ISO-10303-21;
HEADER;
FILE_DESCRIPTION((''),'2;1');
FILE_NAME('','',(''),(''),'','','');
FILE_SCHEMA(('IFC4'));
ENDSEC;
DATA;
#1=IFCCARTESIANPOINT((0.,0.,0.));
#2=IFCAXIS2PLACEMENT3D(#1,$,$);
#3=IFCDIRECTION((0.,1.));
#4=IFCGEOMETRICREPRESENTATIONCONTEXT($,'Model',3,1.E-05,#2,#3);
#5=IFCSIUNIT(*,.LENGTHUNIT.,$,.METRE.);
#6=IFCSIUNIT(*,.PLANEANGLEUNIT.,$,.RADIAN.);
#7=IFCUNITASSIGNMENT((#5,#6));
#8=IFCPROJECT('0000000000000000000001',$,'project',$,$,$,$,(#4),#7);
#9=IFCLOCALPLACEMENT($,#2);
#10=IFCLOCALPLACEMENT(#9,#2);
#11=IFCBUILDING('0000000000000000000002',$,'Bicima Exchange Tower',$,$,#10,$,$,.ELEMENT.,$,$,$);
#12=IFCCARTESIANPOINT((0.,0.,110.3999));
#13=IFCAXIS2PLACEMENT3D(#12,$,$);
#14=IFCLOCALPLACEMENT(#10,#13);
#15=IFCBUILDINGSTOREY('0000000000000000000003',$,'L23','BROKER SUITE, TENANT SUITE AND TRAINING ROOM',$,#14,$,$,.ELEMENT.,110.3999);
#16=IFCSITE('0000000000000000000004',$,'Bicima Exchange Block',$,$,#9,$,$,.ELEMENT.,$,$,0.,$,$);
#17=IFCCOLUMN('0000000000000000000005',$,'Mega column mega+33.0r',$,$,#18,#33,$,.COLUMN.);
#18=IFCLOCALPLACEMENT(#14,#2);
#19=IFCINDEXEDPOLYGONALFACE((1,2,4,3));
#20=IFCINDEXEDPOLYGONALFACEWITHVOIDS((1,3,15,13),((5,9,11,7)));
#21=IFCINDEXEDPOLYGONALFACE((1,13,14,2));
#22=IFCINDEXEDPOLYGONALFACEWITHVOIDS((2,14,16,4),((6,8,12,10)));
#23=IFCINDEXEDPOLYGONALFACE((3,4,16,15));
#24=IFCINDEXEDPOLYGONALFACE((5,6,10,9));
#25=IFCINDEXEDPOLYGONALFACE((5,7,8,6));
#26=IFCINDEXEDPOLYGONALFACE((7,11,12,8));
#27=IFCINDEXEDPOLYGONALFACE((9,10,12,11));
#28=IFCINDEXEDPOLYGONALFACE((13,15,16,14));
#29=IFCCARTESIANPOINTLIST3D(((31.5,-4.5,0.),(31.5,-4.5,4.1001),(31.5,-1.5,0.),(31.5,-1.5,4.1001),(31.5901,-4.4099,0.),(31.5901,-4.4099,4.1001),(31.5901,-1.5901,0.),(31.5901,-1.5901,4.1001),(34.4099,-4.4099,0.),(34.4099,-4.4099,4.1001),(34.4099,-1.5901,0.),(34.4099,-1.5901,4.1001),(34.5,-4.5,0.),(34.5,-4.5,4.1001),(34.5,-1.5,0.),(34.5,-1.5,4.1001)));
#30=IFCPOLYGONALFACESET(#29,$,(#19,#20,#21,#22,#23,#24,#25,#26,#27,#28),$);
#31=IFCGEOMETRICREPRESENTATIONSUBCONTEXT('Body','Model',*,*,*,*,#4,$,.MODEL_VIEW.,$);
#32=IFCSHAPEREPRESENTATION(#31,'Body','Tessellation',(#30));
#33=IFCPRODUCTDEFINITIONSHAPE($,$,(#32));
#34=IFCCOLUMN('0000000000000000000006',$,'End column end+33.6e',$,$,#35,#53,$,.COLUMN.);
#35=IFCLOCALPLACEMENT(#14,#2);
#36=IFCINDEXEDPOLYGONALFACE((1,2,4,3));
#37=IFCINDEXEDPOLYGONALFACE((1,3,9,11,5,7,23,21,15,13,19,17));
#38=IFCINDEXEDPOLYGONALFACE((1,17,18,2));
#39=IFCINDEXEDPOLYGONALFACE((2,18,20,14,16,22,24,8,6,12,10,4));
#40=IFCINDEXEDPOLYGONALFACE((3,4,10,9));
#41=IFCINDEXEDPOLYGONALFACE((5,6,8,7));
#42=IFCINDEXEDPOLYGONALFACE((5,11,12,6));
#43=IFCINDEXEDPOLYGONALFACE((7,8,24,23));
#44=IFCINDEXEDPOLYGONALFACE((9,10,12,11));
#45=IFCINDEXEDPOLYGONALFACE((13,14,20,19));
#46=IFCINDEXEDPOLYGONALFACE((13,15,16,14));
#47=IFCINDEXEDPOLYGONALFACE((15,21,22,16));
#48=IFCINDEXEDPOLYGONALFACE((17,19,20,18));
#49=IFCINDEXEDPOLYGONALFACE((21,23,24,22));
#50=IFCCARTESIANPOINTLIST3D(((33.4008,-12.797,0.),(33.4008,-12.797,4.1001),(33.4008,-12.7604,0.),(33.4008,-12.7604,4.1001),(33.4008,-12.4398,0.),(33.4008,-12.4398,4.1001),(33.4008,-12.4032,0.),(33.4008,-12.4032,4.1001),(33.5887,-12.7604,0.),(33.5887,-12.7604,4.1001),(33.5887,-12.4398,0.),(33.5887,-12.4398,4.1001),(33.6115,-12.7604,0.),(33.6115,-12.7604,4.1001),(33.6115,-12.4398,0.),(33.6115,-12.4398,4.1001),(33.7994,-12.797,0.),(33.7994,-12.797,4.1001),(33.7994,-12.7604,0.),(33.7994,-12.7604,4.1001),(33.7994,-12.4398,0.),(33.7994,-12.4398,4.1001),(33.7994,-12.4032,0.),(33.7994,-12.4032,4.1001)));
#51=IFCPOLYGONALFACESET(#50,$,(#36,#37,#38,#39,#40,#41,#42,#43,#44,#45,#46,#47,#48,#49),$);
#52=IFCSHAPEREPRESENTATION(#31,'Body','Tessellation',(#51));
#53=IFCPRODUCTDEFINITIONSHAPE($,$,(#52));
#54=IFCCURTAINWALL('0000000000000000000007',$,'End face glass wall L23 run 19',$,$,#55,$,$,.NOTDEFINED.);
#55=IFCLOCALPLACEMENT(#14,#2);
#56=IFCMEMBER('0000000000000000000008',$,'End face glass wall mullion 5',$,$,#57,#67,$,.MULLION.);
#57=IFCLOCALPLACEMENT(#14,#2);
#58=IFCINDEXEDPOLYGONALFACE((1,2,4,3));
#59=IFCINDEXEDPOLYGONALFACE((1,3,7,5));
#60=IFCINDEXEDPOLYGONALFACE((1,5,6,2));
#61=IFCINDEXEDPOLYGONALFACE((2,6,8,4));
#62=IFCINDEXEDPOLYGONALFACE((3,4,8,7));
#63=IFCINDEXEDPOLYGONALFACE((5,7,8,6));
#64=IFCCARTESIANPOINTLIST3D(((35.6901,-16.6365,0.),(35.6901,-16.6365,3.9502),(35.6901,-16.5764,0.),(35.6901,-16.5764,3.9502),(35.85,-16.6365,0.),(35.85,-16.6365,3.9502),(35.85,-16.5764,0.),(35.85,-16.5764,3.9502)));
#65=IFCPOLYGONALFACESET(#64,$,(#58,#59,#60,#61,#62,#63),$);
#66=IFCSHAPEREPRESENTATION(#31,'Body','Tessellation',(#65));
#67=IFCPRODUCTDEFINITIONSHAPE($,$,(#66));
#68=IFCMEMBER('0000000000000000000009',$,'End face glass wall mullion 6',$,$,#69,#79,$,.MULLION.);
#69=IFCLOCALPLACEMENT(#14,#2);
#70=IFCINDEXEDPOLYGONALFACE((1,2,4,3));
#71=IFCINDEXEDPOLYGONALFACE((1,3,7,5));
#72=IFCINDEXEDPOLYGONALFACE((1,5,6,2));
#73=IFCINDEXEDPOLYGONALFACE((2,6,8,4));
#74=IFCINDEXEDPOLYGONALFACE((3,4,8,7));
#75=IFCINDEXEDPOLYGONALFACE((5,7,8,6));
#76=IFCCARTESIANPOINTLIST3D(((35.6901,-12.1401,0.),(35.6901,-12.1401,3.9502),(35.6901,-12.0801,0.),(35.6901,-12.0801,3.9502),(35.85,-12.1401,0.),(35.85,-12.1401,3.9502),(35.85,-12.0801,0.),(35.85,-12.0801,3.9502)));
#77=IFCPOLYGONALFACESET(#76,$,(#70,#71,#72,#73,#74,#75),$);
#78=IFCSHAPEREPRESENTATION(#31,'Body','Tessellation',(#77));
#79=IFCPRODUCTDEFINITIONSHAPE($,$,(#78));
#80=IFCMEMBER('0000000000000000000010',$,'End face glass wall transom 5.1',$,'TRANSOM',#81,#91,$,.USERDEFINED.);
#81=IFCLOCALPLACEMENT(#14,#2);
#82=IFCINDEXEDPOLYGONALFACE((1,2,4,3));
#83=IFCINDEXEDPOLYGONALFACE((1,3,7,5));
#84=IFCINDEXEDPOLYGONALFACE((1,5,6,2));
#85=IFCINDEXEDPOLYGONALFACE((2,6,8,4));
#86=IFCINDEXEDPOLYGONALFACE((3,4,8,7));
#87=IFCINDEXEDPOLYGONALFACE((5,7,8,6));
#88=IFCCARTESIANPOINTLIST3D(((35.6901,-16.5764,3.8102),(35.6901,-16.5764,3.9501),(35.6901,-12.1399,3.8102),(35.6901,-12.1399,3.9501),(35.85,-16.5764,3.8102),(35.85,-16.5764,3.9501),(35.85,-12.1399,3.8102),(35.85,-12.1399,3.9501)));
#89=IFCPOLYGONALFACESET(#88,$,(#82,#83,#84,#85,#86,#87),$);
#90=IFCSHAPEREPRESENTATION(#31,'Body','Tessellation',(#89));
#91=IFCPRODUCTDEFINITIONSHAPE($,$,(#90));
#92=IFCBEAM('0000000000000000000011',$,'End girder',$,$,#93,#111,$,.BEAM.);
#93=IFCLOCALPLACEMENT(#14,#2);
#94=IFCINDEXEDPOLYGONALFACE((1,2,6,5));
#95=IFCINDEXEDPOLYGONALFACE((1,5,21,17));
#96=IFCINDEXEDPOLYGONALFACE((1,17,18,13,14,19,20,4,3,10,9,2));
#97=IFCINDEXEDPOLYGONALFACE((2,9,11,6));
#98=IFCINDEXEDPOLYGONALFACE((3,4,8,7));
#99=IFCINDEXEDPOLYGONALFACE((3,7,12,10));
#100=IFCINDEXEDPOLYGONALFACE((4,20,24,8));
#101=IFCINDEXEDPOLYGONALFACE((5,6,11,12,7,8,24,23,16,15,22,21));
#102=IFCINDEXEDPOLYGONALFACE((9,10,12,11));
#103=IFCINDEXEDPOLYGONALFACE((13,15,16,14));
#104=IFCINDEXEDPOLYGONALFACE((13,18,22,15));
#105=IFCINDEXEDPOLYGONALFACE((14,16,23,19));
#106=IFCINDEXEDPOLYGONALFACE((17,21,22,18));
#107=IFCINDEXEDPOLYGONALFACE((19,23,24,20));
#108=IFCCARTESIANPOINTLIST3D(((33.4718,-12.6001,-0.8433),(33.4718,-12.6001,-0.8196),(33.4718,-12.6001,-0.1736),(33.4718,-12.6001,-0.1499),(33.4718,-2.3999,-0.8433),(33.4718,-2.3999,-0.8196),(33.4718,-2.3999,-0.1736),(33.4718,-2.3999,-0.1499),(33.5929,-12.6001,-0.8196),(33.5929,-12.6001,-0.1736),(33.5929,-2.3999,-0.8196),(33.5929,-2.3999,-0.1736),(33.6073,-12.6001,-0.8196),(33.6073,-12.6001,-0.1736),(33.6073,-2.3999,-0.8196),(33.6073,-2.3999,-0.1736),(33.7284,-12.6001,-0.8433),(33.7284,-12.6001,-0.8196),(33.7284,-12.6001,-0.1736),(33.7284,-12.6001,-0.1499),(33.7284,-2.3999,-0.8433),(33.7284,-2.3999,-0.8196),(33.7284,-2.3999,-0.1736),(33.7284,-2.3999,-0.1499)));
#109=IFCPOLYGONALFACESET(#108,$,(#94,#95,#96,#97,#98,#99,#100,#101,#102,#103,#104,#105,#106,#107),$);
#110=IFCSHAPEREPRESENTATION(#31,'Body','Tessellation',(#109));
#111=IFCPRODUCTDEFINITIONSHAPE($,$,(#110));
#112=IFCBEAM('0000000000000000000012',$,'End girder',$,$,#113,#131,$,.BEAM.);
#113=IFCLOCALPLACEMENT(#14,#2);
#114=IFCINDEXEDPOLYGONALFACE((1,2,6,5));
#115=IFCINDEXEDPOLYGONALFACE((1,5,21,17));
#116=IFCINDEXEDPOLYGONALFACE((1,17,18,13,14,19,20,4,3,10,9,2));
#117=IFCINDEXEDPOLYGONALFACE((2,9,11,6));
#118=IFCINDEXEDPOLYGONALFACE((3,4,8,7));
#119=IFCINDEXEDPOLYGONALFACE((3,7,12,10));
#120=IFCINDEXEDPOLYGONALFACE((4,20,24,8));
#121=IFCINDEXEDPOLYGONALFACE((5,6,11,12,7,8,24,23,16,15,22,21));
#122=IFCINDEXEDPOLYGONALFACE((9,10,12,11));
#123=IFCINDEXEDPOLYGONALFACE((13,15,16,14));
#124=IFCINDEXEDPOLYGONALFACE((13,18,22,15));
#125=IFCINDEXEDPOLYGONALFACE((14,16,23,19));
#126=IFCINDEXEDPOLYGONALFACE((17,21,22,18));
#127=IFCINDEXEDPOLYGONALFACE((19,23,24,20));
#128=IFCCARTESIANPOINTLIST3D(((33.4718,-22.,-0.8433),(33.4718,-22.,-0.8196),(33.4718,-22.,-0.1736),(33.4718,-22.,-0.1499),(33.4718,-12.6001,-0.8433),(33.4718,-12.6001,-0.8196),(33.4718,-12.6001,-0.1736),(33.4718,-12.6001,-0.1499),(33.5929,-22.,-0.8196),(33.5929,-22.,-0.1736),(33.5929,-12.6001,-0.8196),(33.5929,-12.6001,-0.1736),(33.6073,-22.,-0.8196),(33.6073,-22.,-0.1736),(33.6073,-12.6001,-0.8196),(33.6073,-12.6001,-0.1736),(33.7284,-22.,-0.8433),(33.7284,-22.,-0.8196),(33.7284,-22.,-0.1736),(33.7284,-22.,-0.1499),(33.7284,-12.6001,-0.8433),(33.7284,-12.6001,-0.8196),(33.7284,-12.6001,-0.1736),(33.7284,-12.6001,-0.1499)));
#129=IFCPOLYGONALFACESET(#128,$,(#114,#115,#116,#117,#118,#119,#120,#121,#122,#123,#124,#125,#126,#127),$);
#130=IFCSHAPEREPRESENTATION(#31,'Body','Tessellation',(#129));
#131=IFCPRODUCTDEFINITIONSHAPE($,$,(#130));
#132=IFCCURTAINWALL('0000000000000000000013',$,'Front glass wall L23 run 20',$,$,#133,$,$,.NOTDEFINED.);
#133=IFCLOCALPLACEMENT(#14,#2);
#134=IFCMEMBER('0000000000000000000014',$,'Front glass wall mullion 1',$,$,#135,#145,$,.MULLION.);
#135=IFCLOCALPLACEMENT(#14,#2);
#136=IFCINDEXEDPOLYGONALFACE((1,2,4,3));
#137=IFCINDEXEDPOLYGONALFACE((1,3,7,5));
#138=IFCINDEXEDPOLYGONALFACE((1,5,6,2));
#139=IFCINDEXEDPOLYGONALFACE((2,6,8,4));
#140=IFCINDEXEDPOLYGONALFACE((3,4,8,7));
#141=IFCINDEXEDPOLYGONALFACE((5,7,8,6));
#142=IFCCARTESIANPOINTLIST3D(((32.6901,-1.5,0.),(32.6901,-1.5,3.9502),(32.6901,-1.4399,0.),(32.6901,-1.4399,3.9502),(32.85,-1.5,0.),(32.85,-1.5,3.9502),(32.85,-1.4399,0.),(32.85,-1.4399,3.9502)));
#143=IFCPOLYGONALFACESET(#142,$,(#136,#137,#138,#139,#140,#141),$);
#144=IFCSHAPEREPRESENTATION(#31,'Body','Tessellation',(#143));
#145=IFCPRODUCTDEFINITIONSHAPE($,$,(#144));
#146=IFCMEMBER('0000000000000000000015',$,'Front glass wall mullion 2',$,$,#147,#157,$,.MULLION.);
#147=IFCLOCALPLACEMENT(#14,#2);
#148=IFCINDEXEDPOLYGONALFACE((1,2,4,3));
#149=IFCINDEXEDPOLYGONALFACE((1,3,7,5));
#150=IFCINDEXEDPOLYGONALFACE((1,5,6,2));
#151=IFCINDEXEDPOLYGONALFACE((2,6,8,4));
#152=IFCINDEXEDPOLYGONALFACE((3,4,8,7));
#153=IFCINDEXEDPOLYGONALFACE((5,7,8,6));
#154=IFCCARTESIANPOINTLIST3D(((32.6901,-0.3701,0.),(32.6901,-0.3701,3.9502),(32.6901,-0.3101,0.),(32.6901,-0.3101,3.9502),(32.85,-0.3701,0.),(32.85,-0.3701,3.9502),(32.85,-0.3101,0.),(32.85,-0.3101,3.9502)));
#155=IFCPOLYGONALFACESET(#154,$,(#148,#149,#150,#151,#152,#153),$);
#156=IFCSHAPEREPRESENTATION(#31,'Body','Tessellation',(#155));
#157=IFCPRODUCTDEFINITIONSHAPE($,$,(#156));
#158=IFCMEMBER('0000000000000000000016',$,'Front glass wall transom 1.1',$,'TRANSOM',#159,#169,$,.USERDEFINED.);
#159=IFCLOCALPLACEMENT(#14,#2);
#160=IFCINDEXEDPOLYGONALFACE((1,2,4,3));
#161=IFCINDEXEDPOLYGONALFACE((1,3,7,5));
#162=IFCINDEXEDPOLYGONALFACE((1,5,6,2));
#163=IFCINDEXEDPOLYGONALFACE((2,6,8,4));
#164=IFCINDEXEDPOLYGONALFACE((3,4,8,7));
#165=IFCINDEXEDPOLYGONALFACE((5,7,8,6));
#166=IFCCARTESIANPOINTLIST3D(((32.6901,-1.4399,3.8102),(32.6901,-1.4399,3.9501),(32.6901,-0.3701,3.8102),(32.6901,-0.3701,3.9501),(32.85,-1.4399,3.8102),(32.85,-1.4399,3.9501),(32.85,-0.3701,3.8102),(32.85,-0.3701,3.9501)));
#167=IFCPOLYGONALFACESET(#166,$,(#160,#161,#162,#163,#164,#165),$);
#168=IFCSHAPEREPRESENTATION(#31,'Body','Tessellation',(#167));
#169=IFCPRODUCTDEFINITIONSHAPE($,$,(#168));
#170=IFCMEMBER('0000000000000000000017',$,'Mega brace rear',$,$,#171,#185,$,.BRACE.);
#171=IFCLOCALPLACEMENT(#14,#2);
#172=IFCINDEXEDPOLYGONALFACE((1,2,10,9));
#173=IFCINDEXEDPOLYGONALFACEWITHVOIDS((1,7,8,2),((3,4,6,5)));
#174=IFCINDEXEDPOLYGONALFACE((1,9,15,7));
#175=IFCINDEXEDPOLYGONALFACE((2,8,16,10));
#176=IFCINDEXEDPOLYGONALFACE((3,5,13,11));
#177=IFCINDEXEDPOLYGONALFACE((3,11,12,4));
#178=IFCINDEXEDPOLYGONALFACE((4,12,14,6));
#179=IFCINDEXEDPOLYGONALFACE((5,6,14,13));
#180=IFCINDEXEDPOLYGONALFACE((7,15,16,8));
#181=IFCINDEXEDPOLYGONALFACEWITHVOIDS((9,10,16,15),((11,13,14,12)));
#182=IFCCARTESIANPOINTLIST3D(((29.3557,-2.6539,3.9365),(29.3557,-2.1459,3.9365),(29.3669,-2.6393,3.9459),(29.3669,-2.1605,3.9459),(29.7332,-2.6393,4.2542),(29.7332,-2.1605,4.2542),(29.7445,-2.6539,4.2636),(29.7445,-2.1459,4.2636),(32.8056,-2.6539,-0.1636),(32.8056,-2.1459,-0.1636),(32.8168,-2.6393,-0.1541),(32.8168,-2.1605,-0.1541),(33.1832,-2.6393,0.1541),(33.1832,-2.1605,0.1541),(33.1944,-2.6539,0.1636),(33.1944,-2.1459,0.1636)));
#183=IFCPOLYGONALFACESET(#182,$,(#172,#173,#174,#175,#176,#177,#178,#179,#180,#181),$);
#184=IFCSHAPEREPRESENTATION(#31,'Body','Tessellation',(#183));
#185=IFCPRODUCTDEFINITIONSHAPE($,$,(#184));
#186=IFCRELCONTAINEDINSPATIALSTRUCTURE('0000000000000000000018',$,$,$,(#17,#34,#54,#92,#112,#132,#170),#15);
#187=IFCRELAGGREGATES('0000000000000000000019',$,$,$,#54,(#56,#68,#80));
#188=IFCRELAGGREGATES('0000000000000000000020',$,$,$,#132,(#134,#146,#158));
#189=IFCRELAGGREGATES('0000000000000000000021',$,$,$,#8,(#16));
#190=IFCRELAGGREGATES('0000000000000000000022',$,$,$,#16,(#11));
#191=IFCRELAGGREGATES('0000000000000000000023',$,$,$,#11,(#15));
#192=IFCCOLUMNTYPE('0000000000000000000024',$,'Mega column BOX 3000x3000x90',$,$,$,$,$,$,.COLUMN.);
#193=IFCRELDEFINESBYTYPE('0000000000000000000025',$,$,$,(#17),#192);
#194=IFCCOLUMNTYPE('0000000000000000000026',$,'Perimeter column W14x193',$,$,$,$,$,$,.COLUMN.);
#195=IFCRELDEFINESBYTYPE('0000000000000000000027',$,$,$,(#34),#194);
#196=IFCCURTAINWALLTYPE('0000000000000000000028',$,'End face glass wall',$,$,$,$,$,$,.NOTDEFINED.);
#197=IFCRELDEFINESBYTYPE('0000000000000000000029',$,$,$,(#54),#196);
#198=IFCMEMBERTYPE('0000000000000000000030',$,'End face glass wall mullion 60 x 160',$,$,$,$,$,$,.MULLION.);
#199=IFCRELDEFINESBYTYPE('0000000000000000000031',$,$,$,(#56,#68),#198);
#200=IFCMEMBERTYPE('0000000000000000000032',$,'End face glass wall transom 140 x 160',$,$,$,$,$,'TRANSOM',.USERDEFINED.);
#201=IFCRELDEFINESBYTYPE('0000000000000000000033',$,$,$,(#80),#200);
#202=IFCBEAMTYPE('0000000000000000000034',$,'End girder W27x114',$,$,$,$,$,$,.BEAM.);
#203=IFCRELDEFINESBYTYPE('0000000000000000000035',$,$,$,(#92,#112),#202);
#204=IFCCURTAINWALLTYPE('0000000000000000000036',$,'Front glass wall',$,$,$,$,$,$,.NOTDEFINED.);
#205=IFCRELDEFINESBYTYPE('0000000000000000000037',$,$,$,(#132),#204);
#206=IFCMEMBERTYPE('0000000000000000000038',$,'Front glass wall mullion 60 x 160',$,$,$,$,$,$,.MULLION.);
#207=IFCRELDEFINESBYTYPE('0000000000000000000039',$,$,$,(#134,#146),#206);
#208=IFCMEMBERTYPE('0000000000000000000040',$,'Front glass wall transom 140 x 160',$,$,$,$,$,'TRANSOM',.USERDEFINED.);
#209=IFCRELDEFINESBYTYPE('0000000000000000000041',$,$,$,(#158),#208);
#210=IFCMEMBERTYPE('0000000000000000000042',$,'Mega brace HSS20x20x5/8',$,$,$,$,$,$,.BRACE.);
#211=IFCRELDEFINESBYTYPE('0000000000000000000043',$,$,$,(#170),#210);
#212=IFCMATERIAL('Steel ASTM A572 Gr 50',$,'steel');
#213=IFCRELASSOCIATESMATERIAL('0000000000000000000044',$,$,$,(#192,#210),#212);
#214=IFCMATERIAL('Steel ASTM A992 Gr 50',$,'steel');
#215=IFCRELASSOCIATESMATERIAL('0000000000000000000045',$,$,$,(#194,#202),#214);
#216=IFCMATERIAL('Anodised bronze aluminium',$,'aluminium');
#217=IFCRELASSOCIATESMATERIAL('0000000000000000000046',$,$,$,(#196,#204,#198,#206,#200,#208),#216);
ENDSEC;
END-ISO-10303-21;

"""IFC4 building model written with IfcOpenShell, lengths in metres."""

from ifc_helpers import new_model, si_unit, direction, frame, origin, origin_2d, place, context, subcontext, project, spatial, rectangle, hollow_rectangle, i_section, extrude, material, material_profile, profile_set, type_object, element, aggregate, save


model = new_model("IFC4")

# Units and contexts
model_context = context("Model", 3, precision=1e-05, world=origin(), true_north=direction((0.0, 1.0)))
body_context = subcontext(model_context, "Body", "Model", "MODEL_VIEW")
ifc_project = project(units=[si_unit("LENGTHUNIT", "METRE"), si_unit("PLANEANGLEUNIT", "RADIAN")], contexts=[model_context])

# Site, building, storey
site_placement = place(None, origin())
site = spatial("IfcSite", under=ifc_project, at=site_placement, Name="Bicima Exchange Block", CompositionType="ELEMENT", RefElevation=0.0)
building_placement = place(site_placement, origin())
building = spatial("IfcBuilding", under=site, at=building_placement, Name="Bicima Exchange Tower", CompositionType="ELEMENT")
storey_placement = place(building_placement, frame((0.0, 0.0, 110.3999)))
storey = spatial("IfcBuildingStorey", under=building, at=storey_placement, Name="L23", Description="BROKER SUITE, TENANT SUITE AND TRAINING ROOM", CompositionType="ELEMENT", Elevation=110.3999)

# Columns
ifc_material_1 = material(Name="Steel ASTM A572 Gr 50", Category="steel")
ifc_material_profile_1 = material_profile(ifc_material_1, hollow_rectangle(XDim=3.0, YDim=3.0, WallThickness=0.0901, at=origin_2d()))
ifc_profile_set_1 = profile_set([ifc_material_profile_1], Name="Steel ASTM A572 Gr 50")
column_type_1 = type_object("IfcColumnType", Name="Mega column BOX 3000x3000x90", PredefinedType="COLUMN", material=ifc_profile_set_1)
column_1_placement = place(storey_placement, frame((33.0, -3.0, 0.0), z_axis=(0.0, 0.0, 1.0), x_axis=(1.0, 0.0, 0.0)))
element("IfcColumn", 1, at=column_1_placement, inside=storey, type_object=column_type_1, Name="Mega column mega+33.0r", PredefinedType="COLUMN", context=body_context, shape_type="SweptSolid", body=[
    extrude(hollow_rectangle(XDim=3.0, YDim=3.0, WallThickness=0.0901, at=origin_2d()), origin(), (0.0, 0.0, 1.0), 4.1001),
])
ifc_material_2 = material(Name="Steel ASTM A992 Gr 50", Category="steel")
ifc_material_profile_2 = material_profile(ifc_material_2, i_section(OverallWidth=0.3987, OverallDepth=0.3938, WebThickness=0.0227, FlangeThickness=0.0366, at=origin_2d()))
ifc_profile_set_2 = profile_set([ifc_material_profile_2], Name="Steel ASTM A992 Gr 50")
column_type_2 = type_object("IfcColumnType", Name="Perimeter column W14x193", PredefinedType="COLUMN", material=ifc_profile_set_2)
column_2_placement = place(storey_placement, frame((33.6001, -12.6001, 0.0), z_axis=(0.0, 0.0, 1.0), x_axis=(1.0, 0.0, 0.0)))
element("IfcColumn", 2, at=column_2_placement, inside=storey, type_object=column_type_2, Name="End column end+33.6e", PredefinedType="COLUMN", context=body_context, shape_type="SweptSolid", body=[
    extrude(i_section(OverallWidth=0.3987, OverallDepth=0.3938, WebThickness=0.0227, FlangeThickness=0.0366, at=origin_2d()), origin(), (0.0, 0.0, 1.0), 4.1001),
])

# Curtain wall, members
ifc_material_3 = material(Name="Anodised bronze aluminium", Category="aluminium")
curtain_wall_type_1 = type_object("IfcCurtainWallType", Name="End face glass wall", PredefinedType="NOTDEFINED", material=ifc_material_3)
curtain_wall_1_placement = place(storey_placement, origin())
curtain_wall_1 = element("IfcCurtainWall", 3, at=curtain_wall_1_placement, inside=storey, type_object=curtain_wall_type_1, Name="End face glass wall L23 run 19", PredefinedType="NOTDEFINED")
ifc_material_profile_3 = material_profile(ifc_material_3, rectangle(XDim=0.1599, YDim=0.0601, at=origin_2d()))
ifc_profile_set_3 = profile_set([ifc_material_profile_3], Name="Anodised bronze aluminium")
member_type_1 = type_object("IfcMemberType", Name="End face glass wall mullion 60 x 160", PredefinedType="MULLION", material=ifc_profile_set_3)
member_1_placement = place(storey_placement, frame((35.77, -16.6064, 0.0), z_axis=(0.0, 0.0, 1.0), x_axis=(-1.0, 0.0, 0.0)))
member_1 = element("IfcMember", 4, at=member_1_placement, type_object=member_type_1, Name="End face glass wall mullion 5", PredefinedType="MULLION", context=body_context, shape_type="SweptSolid", body=[
    extrude(rectangle(XDim=0.1599, YDim=0.0601, at=origin_2d()), origin(), (0.0, 0.0, 1.0), 3.9502),
])
member_2_placement = place(storey_placement, frame((35.77, -12.1101, 0.0), z_axis=(0.0, 0.0, 1.0), x_axis=(-1.0, 0.0, 0.0)))
member_2 = element("IfcMember", 5, at=member_2_placement, type_object=member_type_1, Name="End face glass wall mullion 6", PredefinedType="MULLION", context=body_context, shape_type="SweptSolid", body=[
    extrude(rectangle(XDim=0.1599, YDim=0.0601, at=origin_2d()), origin(), (0.0, 0.0, 1.0), 3.9502),
])
ifc_material_profile_4 = material_profile(ifc_material_3, rectangle(XDim=0.1599, YDim=0.1399, at=origin_2d()))
ifc_profile_set_4 = profile_set([ifc_material_profile_4], Name="Anodised bronze aluminium")
member_type_2 = type_object("IfcMemberType", Name="End face glass wall transom 140 x 160", ElementType="TRANSOM", PredefinedType="USERDEFINED", material=ifc_profile_set_4)
member_3_placement = place(storey_placement, frame((35.77, -16.5764, 3.8801), z_axis=(0.0, 1.0, 0.0), x_axis=(-1.0, 0.0, 0.0)))
member_3 = element("IfcMember", 6, at=member_3_placement, type_object=member_type_2, Name="End face glass wall transom 5.1", ObjectType="TRANSOM", PredefinedType="USERDEFINED", context=body_context, shape_type="SweptSolid", body=[
    extrude(rectangle(XDim=0.1599, YDim=0.1399, at=origin_2d()), origin(), (0.0, 0.0, 1.0), 4.4365),
])

# Beams
ifc_material_profile_5 = material_profile(ifc_material_2, i_section(OverallWidth=0.2566, OverallDepth=0.6934, WebThickness=0.0144, FlangeThickness=0.0237, at=origin_2d()))
ifc_profile_set_5 = profile_set([ifc_material_profile_5], Name="Steel ASTM A992 Gr 50")
beam_type = type_object("IfcBeamType", Name="End girder W27x114", PredefinedType="BEAM", material=ifc_profile_set_5)
beam_1_placement = place(storey_placement, frame((33.6001, -2.3999, -0.4966), z_axis=(0.0, -1.0, 0.0), x_axis=(1.0, 0.0, 0.0)))
element("IfcBeam", 7, at=beam_1_placement, inside=storey, type_object=beam_type, Name="End girder", PredefinedType="BEAM", context=body_context, shape_type="SweptSolid", body=[
    extrude(i_section(OverallWidth=0.2566, OverallDepth=0.6934, WebThickness=0.0144, FlangeThickness=0.0237, at=origin_2d()), origin(), (0.0, 0.0, 1.0), 10.2002),
])
beam_2_placement = place(storey_placement, frame((33.6001, -12.6001, -0.4966), z_axis=(0.0, -1.0, 0.0), x_axis=(1.0, 0.0, 0.0)))
element("IfcBeam", 8, at=beam_2_placement, inside=storey, type_object=beam_type, Name="End girder", PredefinedType="BEAM", context=body_context, shape_type="SweptSolid", body=[
    extrude(i_section(OverallWidth=0.2566, OverallDepth=0.6934, WebThickness=0.0144, FlangeThickness=0.0237, at=origin_2d()), origin(), (0.0, 0.0, 1.0), 9.3999),
])

# Curtain wall, members
curtain_wall_type_2 = type_object("IfcCurtainWallType", Name="Front glass wall", PredefinedType="NOTDEFINED", material=ifc_material_3)
curtain_wall_2_placement = place(storey_placement, origin())
curtain_wall_2 = element("IfcCurtainWall", 9, at=curtain_wall_2_placement, inside=storey, type_object=curtain_wall_type_2, Name="Front glass wall L23 run 20", PredefinedType="NOTDEFINED")
member_type_3 = type_object("IfcMemberType", Name="Front glass wall mullion 60 x 160", PredefinedType="MULLION", material=ifc_profile_set_3)
member_4_placement = place(storey_placement, frame((32.77, -1.47, 0.0), z_axis=(0.0, 0.0, 1.0), x_axis=(-1.0, 0.0, 0.0)))
member_4 = element("IfcMember", 10, at=member_4_placement, type_object=member_type_3, Name="Front glass wall mullion 1", PredefinedType="MULLION", context=body_context, shape_type="SweptSolid", body=[
    extrude(rectangle(XDim=0.1599, YDim=0.0601, at=origin_2d()), origin(), (0.0, 0.0, 1.0), 3.9502),
])
member_5_placement = place(storey_placement, frame((32.77, -0.3401, 0.0), z_axis=(0.0, 0.0, 1.0), x_axis=(-1.0, 0.0, 0.0)))
member_5 = element("IfcMember", 11, at=member_5_placement, type_object=member_type_3, Name="Front glass wall mullion 2", PredefinedType="MULLION", context=body_context, shape_type="SweptSolid", body=[
    extrude(rectangle(XDim=0.1599, YDim=0.0601, at=origin_2d()), origin(), (0.0, 0.0, 1.0), 3.9502),
])
member_type_4 = type_object("IfcMemberType", Name="Front glass wall transom 140 x 160", ElementType="TRANSOM", PredefinedType="USERDEFINED", material=ifc_profile_set_4)
member_6_placement = place(storey_placement, frame((32.77, -1.4399, 3.8801), z_axis=(0.0, 1.0, 0.0), x_axis=(-1.0, 0.0, 0.0)))
member_6 = element("IfcMember", 12, at=member_6_placement, type_object=member_type_4, Name="Front glass wall transom 1.1", ObjectType="TRANSOM", PredefinedType="USERDEFINED", context=body_context, shape_type="SweptSolid", body=[
    extrude(rectangle(XDim=0.1599, YDim=0.1399, at=origin_2d()), origin(), (0.0, 0.0, 1.0), 1.0698),
])

# Member
ifc_material_profile_6 = material_profile(ifc_material_1, hollow_rectangle(XDim=0.5081, YDim=0.5081, WallThickness=0.0146, at=origin_2d()))
ifc_profile_set_6 = profile_set([ifc_material_profile_6], Name="Steel ASTM A572 Gr 50")
member_type_5 = type_object("IfcMemberType", Name="Mega brace HSS20x20x5/8", PredefinedType="BRACE", material=ifc_profile_set_6)
member_7_placement = place(storey_placement, frame((33.0, -2.3999, 0.0), z_axis=(-0.643834, 0.0, 0.765165), x_axis=(0.0, -1.0, 0.0)))
element("IfcMember", 13, at=member_7_placement, inside=storey, type_object=member_type_5, Name="Mega brace rear", PredefinedType="BRACE", context=body_context, shape_type="SweptSolid", body=[
    extrude(hollow_rectangle(XDim=0.5081, YDim=0.5081, WallThickness=0.0146, at=origin_2d()), origin(), (0.0, 0.0, 1.0), 5.3584),
])

aggregate(curtain_wall_1, [member_1, member_2, member_3])
aggregate(curtain_wall_2, [member_4, member_5, member_6])

save(model, "model.ifc")
